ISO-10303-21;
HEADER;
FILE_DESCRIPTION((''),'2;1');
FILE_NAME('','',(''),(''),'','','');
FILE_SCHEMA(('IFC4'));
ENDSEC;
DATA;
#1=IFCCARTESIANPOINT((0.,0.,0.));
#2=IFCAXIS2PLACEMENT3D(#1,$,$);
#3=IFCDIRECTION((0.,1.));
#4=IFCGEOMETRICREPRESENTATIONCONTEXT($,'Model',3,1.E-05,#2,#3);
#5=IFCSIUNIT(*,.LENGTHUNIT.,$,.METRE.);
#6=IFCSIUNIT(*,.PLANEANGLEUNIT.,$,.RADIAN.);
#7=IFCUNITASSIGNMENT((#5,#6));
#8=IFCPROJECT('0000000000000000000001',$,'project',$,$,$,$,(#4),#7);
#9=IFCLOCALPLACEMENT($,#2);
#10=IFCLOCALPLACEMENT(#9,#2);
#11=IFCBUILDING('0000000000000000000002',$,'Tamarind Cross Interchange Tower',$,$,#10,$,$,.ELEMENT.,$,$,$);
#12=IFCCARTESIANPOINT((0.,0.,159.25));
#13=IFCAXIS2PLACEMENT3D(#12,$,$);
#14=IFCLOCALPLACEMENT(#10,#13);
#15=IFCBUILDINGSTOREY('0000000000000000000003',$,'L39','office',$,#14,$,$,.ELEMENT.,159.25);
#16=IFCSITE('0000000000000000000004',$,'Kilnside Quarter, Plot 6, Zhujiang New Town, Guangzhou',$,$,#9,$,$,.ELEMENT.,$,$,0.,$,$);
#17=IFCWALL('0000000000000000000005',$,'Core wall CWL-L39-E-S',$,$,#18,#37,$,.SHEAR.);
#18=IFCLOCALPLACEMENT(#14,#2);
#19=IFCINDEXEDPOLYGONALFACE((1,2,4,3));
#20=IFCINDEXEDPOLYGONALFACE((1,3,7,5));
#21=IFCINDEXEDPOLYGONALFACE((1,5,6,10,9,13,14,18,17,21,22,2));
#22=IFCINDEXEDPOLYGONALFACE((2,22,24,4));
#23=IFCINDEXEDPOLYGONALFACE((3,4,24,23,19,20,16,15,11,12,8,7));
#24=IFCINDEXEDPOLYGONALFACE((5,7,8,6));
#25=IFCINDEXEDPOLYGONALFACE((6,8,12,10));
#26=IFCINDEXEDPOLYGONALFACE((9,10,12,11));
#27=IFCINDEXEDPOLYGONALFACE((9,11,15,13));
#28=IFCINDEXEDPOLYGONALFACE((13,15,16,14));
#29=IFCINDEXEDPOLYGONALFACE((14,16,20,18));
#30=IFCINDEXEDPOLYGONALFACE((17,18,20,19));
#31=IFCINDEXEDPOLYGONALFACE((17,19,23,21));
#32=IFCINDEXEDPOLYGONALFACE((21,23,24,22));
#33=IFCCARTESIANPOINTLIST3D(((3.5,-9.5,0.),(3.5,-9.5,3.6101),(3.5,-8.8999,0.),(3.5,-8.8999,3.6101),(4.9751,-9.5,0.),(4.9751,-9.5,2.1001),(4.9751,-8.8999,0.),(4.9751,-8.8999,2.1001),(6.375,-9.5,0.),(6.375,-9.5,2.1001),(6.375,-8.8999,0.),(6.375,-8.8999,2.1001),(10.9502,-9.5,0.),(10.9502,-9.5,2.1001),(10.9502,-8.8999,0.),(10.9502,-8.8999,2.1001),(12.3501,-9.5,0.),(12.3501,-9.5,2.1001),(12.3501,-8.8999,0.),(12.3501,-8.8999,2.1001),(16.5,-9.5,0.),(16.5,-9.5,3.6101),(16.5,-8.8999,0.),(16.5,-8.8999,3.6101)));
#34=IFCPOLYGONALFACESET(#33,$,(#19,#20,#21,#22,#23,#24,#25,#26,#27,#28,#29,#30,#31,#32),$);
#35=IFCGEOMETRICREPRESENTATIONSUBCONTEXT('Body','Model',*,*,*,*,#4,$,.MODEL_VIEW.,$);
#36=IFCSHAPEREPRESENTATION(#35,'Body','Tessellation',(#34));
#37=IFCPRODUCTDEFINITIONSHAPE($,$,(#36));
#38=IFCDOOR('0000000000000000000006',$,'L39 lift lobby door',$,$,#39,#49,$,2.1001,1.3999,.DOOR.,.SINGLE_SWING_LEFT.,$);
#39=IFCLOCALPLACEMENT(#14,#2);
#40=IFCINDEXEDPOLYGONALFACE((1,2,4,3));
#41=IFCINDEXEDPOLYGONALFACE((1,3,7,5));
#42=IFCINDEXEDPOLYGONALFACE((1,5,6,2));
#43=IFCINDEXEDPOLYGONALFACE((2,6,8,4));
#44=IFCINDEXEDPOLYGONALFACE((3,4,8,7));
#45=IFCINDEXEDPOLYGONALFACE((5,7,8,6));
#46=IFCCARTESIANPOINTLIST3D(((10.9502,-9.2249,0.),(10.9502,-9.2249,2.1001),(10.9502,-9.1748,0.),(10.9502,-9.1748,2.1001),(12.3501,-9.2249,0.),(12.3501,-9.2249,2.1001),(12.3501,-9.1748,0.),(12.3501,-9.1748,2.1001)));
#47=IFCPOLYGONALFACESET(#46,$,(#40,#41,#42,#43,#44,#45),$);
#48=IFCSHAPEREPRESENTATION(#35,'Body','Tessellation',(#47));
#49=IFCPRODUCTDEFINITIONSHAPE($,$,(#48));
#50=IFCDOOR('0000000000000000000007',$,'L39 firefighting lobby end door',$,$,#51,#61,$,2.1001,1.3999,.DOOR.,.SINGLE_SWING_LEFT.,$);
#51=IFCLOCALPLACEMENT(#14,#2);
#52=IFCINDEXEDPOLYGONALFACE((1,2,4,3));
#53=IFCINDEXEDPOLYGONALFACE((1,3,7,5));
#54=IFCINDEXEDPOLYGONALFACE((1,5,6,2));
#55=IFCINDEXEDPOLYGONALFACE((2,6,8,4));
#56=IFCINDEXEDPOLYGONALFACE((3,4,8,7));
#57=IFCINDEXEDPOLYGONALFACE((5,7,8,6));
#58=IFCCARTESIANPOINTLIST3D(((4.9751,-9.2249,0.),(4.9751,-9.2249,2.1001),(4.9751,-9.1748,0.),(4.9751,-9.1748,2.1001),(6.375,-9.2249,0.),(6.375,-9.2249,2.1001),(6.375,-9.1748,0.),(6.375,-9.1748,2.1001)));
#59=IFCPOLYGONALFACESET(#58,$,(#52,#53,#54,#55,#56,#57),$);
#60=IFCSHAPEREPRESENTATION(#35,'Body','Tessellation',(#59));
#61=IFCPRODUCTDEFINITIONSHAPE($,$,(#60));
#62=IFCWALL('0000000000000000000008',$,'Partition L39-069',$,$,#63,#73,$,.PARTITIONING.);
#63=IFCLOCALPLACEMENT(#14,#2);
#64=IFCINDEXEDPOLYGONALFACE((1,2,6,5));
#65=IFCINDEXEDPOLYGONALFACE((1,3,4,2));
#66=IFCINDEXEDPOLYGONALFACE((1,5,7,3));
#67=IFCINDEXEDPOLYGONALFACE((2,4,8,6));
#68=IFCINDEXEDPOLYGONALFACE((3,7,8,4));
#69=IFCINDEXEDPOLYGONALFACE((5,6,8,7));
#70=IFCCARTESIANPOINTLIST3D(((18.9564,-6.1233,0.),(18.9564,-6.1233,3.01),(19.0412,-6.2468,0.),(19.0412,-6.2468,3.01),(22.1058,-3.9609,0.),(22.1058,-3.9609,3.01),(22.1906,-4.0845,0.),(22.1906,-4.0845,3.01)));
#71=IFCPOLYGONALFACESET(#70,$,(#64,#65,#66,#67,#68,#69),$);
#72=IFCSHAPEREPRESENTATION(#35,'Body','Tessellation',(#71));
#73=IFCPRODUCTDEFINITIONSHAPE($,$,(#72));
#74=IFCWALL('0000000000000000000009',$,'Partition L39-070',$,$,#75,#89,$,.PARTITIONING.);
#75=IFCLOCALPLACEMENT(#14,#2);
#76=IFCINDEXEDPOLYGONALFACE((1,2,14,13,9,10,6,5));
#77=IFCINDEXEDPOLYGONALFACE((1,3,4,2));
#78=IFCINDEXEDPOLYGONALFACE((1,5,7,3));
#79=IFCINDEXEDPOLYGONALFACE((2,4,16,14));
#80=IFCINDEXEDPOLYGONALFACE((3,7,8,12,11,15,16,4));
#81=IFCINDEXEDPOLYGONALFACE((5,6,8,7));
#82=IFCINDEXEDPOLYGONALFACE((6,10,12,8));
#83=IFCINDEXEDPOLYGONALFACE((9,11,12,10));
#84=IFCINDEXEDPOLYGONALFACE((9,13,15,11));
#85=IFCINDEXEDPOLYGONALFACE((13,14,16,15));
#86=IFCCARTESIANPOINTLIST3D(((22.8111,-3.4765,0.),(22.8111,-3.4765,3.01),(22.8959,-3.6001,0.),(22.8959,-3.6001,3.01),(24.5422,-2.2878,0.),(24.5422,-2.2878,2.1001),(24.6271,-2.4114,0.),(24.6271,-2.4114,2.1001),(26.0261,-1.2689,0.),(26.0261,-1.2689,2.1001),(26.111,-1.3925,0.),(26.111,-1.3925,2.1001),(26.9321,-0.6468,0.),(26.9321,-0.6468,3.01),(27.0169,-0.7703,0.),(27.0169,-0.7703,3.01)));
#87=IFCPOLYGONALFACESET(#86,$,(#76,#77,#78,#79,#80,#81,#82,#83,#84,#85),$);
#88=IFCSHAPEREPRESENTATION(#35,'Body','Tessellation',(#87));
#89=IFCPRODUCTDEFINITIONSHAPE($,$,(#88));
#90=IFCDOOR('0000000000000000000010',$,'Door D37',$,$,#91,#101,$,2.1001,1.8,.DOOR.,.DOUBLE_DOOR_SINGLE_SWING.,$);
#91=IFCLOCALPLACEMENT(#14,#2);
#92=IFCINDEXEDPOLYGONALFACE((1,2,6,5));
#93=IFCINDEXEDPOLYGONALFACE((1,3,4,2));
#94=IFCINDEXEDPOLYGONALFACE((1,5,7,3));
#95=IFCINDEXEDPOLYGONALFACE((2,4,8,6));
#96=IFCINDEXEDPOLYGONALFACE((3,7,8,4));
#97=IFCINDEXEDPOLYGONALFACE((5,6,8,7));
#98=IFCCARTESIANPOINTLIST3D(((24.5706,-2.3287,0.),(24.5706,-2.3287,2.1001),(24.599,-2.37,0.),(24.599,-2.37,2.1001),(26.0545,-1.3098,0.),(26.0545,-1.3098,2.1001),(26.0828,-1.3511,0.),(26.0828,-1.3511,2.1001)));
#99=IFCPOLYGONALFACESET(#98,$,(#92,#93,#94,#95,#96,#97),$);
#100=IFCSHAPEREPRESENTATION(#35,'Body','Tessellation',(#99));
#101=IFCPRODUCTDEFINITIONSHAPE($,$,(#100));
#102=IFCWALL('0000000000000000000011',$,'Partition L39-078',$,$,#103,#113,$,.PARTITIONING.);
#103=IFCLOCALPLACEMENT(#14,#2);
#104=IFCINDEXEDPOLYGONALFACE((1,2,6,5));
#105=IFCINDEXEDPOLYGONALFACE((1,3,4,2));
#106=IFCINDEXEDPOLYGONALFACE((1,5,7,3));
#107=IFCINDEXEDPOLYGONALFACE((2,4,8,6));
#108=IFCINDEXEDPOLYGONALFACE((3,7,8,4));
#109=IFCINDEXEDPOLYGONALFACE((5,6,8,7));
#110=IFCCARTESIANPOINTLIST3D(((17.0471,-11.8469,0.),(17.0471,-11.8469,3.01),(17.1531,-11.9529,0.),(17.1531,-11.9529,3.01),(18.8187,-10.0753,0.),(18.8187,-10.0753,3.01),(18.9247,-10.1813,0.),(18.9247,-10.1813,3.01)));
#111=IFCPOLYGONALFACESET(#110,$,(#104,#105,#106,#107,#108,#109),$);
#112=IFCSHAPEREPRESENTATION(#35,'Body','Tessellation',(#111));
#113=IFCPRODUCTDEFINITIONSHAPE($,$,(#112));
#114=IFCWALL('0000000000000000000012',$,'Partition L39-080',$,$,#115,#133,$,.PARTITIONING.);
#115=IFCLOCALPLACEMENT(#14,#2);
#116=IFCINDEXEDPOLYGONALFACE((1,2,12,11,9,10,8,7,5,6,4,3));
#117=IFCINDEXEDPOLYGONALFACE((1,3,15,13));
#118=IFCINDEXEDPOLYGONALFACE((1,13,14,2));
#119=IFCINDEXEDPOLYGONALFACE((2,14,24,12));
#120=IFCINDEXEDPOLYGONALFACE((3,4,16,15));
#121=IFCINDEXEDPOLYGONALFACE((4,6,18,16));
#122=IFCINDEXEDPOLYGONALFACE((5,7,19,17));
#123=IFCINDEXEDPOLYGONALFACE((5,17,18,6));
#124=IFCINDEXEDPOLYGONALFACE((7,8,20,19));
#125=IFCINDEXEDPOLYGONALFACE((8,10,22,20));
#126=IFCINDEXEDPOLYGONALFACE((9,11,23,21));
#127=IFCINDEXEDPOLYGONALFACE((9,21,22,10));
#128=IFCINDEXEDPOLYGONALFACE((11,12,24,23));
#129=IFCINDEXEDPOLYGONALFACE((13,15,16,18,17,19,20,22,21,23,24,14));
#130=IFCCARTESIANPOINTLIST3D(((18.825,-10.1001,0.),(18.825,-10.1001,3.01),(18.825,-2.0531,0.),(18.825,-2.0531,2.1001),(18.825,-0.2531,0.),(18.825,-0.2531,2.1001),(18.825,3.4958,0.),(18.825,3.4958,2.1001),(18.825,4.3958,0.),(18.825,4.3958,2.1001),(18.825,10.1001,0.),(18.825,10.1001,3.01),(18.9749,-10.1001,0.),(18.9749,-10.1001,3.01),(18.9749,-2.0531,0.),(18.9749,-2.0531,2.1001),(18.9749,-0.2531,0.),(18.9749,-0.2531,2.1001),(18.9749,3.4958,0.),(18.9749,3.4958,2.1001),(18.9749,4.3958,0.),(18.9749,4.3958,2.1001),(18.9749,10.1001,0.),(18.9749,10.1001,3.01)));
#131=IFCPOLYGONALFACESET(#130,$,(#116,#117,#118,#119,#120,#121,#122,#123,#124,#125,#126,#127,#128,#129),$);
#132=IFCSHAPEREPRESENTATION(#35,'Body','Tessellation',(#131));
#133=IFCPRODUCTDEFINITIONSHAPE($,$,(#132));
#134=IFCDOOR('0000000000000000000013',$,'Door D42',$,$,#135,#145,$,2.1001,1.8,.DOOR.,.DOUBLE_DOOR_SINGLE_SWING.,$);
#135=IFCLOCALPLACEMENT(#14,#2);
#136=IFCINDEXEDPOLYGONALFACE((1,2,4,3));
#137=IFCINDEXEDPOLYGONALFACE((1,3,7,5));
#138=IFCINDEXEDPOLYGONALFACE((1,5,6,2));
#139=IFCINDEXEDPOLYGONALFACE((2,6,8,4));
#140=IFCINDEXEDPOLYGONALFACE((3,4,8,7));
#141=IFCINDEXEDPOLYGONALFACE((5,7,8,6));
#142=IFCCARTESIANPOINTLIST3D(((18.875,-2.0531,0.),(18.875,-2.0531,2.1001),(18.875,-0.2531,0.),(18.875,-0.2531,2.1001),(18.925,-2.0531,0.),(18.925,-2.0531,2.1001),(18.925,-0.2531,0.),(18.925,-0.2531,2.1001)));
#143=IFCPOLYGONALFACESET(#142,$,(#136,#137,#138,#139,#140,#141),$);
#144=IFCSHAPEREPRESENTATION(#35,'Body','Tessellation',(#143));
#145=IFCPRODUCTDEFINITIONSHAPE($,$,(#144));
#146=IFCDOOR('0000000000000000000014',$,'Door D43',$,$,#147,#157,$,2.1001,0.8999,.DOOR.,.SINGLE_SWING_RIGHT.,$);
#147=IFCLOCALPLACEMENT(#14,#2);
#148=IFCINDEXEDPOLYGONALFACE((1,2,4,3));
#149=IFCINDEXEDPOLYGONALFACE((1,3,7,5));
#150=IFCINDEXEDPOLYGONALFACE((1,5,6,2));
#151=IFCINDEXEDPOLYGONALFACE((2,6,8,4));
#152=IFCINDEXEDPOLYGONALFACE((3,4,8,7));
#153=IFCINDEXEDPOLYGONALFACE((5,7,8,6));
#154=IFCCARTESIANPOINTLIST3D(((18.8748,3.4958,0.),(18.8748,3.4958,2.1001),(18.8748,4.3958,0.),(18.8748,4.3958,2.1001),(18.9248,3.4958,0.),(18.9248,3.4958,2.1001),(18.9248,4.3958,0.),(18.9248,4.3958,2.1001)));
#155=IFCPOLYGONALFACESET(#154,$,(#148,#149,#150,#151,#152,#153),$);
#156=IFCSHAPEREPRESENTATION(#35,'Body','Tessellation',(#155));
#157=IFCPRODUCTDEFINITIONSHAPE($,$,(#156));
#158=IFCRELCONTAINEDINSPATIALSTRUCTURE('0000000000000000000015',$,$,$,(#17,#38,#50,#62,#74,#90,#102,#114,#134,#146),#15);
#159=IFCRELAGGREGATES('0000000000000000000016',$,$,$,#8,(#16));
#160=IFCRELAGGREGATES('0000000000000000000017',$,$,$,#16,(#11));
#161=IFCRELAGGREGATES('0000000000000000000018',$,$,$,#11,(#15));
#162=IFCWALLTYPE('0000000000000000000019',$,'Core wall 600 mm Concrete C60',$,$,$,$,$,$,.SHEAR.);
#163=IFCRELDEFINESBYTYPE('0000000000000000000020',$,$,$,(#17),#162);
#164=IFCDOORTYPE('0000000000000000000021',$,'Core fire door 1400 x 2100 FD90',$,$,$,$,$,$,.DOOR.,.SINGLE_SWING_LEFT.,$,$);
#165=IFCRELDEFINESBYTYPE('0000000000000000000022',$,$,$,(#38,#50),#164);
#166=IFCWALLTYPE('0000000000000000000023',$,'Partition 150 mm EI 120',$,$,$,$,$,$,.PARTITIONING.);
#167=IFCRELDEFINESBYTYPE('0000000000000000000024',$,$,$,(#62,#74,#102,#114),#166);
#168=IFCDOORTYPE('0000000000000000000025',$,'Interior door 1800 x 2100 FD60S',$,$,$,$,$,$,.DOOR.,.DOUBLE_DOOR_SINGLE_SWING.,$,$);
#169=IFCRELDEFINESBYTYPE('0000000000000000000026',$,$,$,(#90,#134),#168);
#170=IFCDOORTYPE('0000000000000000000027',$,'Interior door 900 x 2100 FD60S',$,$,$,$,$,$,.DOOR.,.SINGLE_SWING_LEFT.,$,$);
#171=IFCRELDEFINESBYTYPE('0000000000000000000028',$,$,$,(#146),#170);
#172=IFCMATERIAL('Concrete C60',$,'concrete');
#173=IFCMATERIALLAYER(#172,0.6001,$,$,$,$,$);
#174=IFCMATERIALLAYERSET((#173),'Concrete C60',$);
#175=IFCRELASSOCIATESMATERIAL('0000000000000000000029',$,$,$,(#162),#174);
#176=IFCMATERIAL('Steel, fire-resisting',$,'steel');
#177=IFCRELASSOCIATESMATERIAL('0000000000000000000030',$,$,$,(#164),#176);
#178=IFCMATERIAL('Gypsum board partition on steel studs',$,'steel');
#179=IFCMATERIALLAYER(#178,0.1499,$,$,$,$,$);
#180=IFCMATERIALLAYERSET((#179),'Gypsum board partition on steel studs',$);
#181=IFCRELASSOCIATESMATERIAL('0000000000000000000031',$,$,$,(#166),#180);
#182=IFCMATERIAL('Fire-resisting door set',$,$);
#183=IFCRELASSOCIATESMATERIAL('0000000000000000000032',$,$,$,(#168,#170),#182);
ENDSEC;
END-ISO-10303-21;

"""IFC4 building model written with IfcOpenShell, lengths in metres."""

from ifc_helpers import new_model, si_unit, direction, frame, frame_2d, origin, place, context, subcontext, project, spatial, rectangle, extrude, material, layer, layer_set, type_object, element, fill, save


model = new_model("IFC4")

# Units and contexts
model_context = context("Model", 3, precision=1e-05, world=origin(), true_north=direction((0.0, 1.0)))
body_context = subcontext(model_context, "Body", "Model", "MODEL_VIEW")
ifc_project = project(units=[si_unit("LENGTHUNIT", "METRE"), si_unit("PLANEANGLEUNIT", "RADIAN")], contexts=[model_context])

# Site, building, storey
site_placement = place(None, origin())
site = spatial("IfcSite", under=ifc_project, at=site_placement, Name="Kilnside Quarter, Plot 6, Zhujiang New Town, Guangzhou", CompositionType="ELEMENT", RefElevation=0.0)
building_placement = place(site_placement, origin())
building = spatial("IfcBuilding", under=site, at=building_placement, Name="Tamarind Cross Interchange Tower", CompositionType="ELEMENT")
storey_placement = place(building_placement, frame((0.0, 0.0, 159.25)))
storey = spatial("IfcBuildingStorey", under=building, at=storey_placement, Name="L39", Description="office", CompositionType="ELEMENT", Elevation=159.25)

# Shared definitions
ifc_material_1 = material(Name="Concrete C60", Category="concrete")

# Wall, openings, doors
ifc_layer_1 = layer(ifc_material_1, 0.6001)
ifc_layer_set_1 = layer_set([ifc_layer_1], Name="Concrete C60")
wall_type_1 = type_object("IfcWallType", Name="Core wall 600 mm Concrete C60", PredefinedType="SHEAR", material=ifc_layer_set_1)
wall_1_placement = place(storey_placement, frame((16.5, -9.2, 0.0), z_axis=(0.0, 0.0, 1.0), x_axis=(-1.0, 0.0, 0.0)))
wall_1 = element("IfcWall", 1, at=wall_1_placement, inside=storey, type_object=wall_type_1, Name="Core wall CWL-L39-E-S", PredefinedType="SHEAR", context=body_context, shape_type="SweptSolid", body=[
    extrude(rectangle(XDim=13.0, YDim=0.6001, at=frame_2d((6.5, 0.0))), origin(), (0.0, 0.0, 1.0), 3.6101),
])
opening_1_placement = place(wall_1_placement, frame((4.1499, 0.0, 0.0)))
opening_1 = element("IfcOpeningElement", 2, at=opening_1_placement, cuts=wall_1, PredefinedType="OPENING", context=body_context, shape_type="SweptSolid", body=[
    extrude(rectangle(XDim=1.3999, YDim=2.1001, at=frame_2d((0.7, 1.05))), frame((0.0, 0.3101, 0.0), z_axis=(0.0, -1.0, 0.0), x_axis=(1.0, 0.0, 0.0)), (0.0, 0.0, 1.0), 0.6201),
])
opening_2_placement = place(wall_1_placement, frame((10.125, 0.0, 0.0)))
opening_2 = element("IfcOpeningElement", 3, at=opening_2_placement, cuts=wall_1, PredefinedType="OPENING", context=body_context, shape_type="SweptSolid", body=[
    extrude(rectangle(XDim=1.3999, YDim=2.1001, at=frame_2d((0.7, 1.05))), frame((0.0, 0.3101, 0.0), z_axis=(0.0, -1.0, 0.0), x_axis=(1.0, 0.0, 0.0)), (0.0, 0.0, 1.0), 0.6201),
])
ifc_material_2 = material(Name="Steel, fire-resisting", Category="steel")
door_type_1 = type_object("IfcDoorType", Name="Core fire door 1400 x 2100 FD90", OperationType="SINGLE_SWING_LEFT", PredefinedType="DOOR", material=ifc_material_2)
door_1_placement = place(opening_1_placement, origin())
door_1 = element("IfcDoor", 4, at=door_1_placement, inside=storey, type_object=door_type_1, Name="L39 lift lobby door", OperationType="SINGLE_SWING_LEFT", OverallHeight=2.1001, OverallWidth=1.3999, PredefinedType="DOOR", context=body_context, shape_type="SweptSolid", body=[
    extrude(rectangle(XDim=1.3999, YDim=2.1001, at=frame_2d((0.7, 1.05))), frame((0.0, 0.0249, 0.0), z_axis=(0.0, -1.0, 0.0), x_axis=(1.0, 0.0, 0.0)), (0.0, 0.0, 1.0), 0.05),
])
fill(opening_1, door_1)
door_2_placement = place(opening_2_placement, origin())
door_2 = element("IfcDoor", 5, at=door_2_placement, inside=storey, type_object=door_type_1, Name="L39 firefighting lobby end door", OperationType="SINGLE_SWING_LEFT", OverallHeight=2.1001, OverallWidth=1.3999, PredefinedType="DOOR", context=body_context, shape_type="SweptSolid", body=[
    extrude(rectangle(XDim=1.3999, YDim=2.1001, at=frame_2d((0.7, 1.05))), frame((0.0, 0.0249, 0.0), z_axis=(0.0, -1.0, 0.0), x_axis=(1.0, 0.0, 0.0)), (0.0, 0.0, 1.0), 0.05),
])
fill(opening_2, door_2)

# Wall
ifc_material_3 = material(Name="Gypsum board partition on steel studs", Category="steel")
ifc_layer_2 = layer(ifc_material_3, 0.1499)
ifc_layer_set_2 = layer_set([ifc_layer_2], Name="Gypsum board partition on steel studs")
wall_type_2 = type_object("IfcWallType", Name="Partition 150 mm EI 120", PredefinedType="PARTITIONING", material=ifc_layer_set_2)
wall_2_placement = place(storey_placement, frame((18.9988, -6.1851, 0.0), z_axis=(0.0, 0.0, 1.0), x_axis=(0.824392, 0.566019, 0.0)))
element("IfcWall", 6, at=wall_2_placement, inside=storey, type_object=wall_type_2, Name="Partition L39-069", PredefinedType="PARTITIONING", context=body_context, shape_type="SweptSolid", body=[
    extrude(rectangle(XDim=3.8203, YDim=0.1499, at=frame_2d((1.9102, 0.0))), origin(), (0.0, 0.0, 1.0), 3.01),
])

# Wall, opening, door
wall_3_placement = place(storey_placement, frame((22.8535, -3.5383, 0.0), z_axis=(0.0, 0.0, 1.0), x_axis=(0.824361, 0.566064, 0.0)))
wall_3 = element("IfcWall", 7, at=wall_3_placement, inside=storey, type_object=wall_type_2, Name="Partition L39-070", PredefinedType="PARTITIONING", context=body_context, shape_type="SweptSolid", body=[
    extrude(rectangle(XDim=4.999, YDim=0.1499, at=frame_2d((2.4995, 0.0))), origin(), (0.0, 0.0, 1.0), 3.01),
])
opening_3_placement = place(wall_3_placement, frame((2.1001, 0.0, 0.0)))
opening_3 = element("IfcOpeningElement", 8, at=opening_3_placement, cuts=wall_3, PredefinedType="OPENING", context=body_context, shape_type="SweptSolid", body=[
    extrude(rectangle(XDim=1.8, YDim=2.1001, at=frame_2d((0.8999, 1.05))), frame((0.0, 0.085, 0.0), z_axis=(0.0, -1.0, 0.0), x_axis=(1.0, 0.0, 0.0)), (0.0, 0.0, 1.0), 0.1699),
])
ifc_material_4 = material(Name="Fire-resisting door set")
door_type_2 = type_object("IfcDoorType", Name="Interior door 1800 x 2100 FD60S", OperationType="DOUBLE_DOOR_SINGLE_SWING", PredefinedType="DOOR", material=ifc_material_4)
door_3_placement = place(opening_3_placement, frame((1.8, 0.0, 0.0), z_axis=(0.0, 0.0, 1.0), x_axis=(-1.0, 0.0, 0.0)))
door_3 = element("IfcDoor", 9, at=door_3_placement, inside=storey, type_object=door_type_2, Name="Door D37", OperationType="DOUBLE_DOOR_SINGLE_SWING", OverallHeight=2.1001, OverallWidth=1.8, PredefinedType="DOOR", context=body_context, shape_type="SweptSolid", body=[
    extrude(rectangle(XDim=1.8, YDim=2.1001, at=frame_2d((0.8999, 1.05))), frame((0.0, 0.0249, 0.0), z_axis=(0.0, -1.0, 0.0), x_axis=(1.0, 0.0, 0.0)), (0.0, 0.0, 1.0), 0.05),
])
fill(opening_3, door_3)

# Wall
wall_4_placement = place(storey_placement, frame((17.1001, -11.8999, 0.0), z_axis=(0.0, 0.0, 1.0), x_axis=(0.707107, 0.707107, 0.0)))
element("IfcWall", 10, at=wall_4_placement, inside=storey, type_object=wall_type_2, Name="Partition L39-078", PredefinedType="PARTITIONING", context=body_context, shape_type="SweptSolid", body=[
    extrude(rectangle(XDim=2.5054, YDim=0.1499, at=frame_2d((1.2527, 0.0))), origin(), (0.0, 0.0, 1.0), 3.01),
])

# Wall, openings, doors
wall_5_placement = place(storey_placement, frame((18.8999, -10.1001, 0.0), z_axis=(0.0, 0.0, 1.0), x_axis=(0.0, 1.0, 0.0)))
wall_5 = element("IfcWall", 11, at=wall_5_placement, inside=storey, type_object=wall_type_2, Name="Partition L39-080", PredefinedType="PARTITIONING", context=body_context, shape_type="SweptSolid", body=[
    extrude(rectangle(XDim=20.2002, YDim=0.1499, at=frame_2d((10.1001, 0.0))), origin(), (0.0, 0.0, 1.0), 3.01),
])
opening_4_placement = place(wall_5_placement, frame((8.0471, 0.0, 0.0)))
opening_4 = element("IfcOpeningElement", 12, at=opening_4_placement, cuts=wall_5, PredefinedType="OPENING", context=body_context, shape_type="SweptSolid", body=[
    extrude(rectangle(XDim=1.8, YDim=2.1001, at=frame_2d((0.8999, 1.05))), frame((0.0, 0.085, 0.0), z_axis=(0.0, -1.0, 0.0), x_axis=(1.0, 0.0, 0.0)), (0.0, 0.0, 1.0), 0.1699),
])
opening_5_placement = place(wall_5_placement, frame((13.5959, 0.0, 0.0)))
opening_5 = element("IfcOpeningElement", 13, at=opening_5_placement, cuts=wall_5, PredefinedType="OPENING", context=body_context, shape_type="SweptSolid", body=[
    extrude(rectangle(XDim=0.8999, YDim=2.1001, at=frame_2d((0.45, 1.05))), frame((0.0, 0.085, 0.0), z_axis=(0.0, -1.0, 0.0), x_axis=(1.0, 0.0, 0.0)), (0.0, 0.0, 1.0), 0.1699),
])
door_4_placement = place(opening_4_placement, origin())
door_4 = element("IfcDoor", 14, at=door_4_placement, inside=storey, type_object=door_type_2, Name="Door D42", OperationType="DOUBLE_DOOR_SINGLE_SWING", OverallHeight=2.1001, OverallWidth=1.8, PredefinedType="DOOR", context=body_context, shape_type="SweptSolid", body=[
    extrude(rectangle(XDim=1.8, YDim=2.1001, at=frame_2d((0.8999, 1.05))), frame((0.0, 0.0249, 0.0), z_axis=(0.0, -1.0, 0.0), x_axis=(1.0, 0.0, 0.0)), (0.0, 0.0, 1.0), 0.05),
])
fill(opening_4, door_4)
door_type_3 = type_object("IfcDoorType", Name="Interior door 900 x 2100 FD60S", OperationType="SINGLE_SWING_LEFT", PredefinedType="DOOR", material=ifc_material_4)
door_5_placement = place(opening_5_placement, frame((0.8999, 0.0, 0.0), z_axis=(0.0, 0.0, 1.0), x_axis=(-1.0, 0.0, 0.0)))
door_5 = element("IfcDoor", 15, at=door_5_placement, inside=storey, type_object=door_type_3, Name="Door D43", OperationType="SINGLE_SWING_RIGHT", OverallHeight=2.1001, OverallWidth=0.8999, PredefinedType="DOOR", context=body_context, shape_type="SweptSolid", body=[
    extrude(rectangle(XDim=0.8999, YDim=2.1001, at=frame_2d((0.45, 1.05))), frame((0.0, 0.0249, 0.0), z_axis=(0.0, -1.0, 0.0), x_axis=(1.0, 0.0, 0.0)), (0.0, 0.0, 1.0), 0.05),
])
fill(opening_5, door_5)

save(model, "model.ifc")
